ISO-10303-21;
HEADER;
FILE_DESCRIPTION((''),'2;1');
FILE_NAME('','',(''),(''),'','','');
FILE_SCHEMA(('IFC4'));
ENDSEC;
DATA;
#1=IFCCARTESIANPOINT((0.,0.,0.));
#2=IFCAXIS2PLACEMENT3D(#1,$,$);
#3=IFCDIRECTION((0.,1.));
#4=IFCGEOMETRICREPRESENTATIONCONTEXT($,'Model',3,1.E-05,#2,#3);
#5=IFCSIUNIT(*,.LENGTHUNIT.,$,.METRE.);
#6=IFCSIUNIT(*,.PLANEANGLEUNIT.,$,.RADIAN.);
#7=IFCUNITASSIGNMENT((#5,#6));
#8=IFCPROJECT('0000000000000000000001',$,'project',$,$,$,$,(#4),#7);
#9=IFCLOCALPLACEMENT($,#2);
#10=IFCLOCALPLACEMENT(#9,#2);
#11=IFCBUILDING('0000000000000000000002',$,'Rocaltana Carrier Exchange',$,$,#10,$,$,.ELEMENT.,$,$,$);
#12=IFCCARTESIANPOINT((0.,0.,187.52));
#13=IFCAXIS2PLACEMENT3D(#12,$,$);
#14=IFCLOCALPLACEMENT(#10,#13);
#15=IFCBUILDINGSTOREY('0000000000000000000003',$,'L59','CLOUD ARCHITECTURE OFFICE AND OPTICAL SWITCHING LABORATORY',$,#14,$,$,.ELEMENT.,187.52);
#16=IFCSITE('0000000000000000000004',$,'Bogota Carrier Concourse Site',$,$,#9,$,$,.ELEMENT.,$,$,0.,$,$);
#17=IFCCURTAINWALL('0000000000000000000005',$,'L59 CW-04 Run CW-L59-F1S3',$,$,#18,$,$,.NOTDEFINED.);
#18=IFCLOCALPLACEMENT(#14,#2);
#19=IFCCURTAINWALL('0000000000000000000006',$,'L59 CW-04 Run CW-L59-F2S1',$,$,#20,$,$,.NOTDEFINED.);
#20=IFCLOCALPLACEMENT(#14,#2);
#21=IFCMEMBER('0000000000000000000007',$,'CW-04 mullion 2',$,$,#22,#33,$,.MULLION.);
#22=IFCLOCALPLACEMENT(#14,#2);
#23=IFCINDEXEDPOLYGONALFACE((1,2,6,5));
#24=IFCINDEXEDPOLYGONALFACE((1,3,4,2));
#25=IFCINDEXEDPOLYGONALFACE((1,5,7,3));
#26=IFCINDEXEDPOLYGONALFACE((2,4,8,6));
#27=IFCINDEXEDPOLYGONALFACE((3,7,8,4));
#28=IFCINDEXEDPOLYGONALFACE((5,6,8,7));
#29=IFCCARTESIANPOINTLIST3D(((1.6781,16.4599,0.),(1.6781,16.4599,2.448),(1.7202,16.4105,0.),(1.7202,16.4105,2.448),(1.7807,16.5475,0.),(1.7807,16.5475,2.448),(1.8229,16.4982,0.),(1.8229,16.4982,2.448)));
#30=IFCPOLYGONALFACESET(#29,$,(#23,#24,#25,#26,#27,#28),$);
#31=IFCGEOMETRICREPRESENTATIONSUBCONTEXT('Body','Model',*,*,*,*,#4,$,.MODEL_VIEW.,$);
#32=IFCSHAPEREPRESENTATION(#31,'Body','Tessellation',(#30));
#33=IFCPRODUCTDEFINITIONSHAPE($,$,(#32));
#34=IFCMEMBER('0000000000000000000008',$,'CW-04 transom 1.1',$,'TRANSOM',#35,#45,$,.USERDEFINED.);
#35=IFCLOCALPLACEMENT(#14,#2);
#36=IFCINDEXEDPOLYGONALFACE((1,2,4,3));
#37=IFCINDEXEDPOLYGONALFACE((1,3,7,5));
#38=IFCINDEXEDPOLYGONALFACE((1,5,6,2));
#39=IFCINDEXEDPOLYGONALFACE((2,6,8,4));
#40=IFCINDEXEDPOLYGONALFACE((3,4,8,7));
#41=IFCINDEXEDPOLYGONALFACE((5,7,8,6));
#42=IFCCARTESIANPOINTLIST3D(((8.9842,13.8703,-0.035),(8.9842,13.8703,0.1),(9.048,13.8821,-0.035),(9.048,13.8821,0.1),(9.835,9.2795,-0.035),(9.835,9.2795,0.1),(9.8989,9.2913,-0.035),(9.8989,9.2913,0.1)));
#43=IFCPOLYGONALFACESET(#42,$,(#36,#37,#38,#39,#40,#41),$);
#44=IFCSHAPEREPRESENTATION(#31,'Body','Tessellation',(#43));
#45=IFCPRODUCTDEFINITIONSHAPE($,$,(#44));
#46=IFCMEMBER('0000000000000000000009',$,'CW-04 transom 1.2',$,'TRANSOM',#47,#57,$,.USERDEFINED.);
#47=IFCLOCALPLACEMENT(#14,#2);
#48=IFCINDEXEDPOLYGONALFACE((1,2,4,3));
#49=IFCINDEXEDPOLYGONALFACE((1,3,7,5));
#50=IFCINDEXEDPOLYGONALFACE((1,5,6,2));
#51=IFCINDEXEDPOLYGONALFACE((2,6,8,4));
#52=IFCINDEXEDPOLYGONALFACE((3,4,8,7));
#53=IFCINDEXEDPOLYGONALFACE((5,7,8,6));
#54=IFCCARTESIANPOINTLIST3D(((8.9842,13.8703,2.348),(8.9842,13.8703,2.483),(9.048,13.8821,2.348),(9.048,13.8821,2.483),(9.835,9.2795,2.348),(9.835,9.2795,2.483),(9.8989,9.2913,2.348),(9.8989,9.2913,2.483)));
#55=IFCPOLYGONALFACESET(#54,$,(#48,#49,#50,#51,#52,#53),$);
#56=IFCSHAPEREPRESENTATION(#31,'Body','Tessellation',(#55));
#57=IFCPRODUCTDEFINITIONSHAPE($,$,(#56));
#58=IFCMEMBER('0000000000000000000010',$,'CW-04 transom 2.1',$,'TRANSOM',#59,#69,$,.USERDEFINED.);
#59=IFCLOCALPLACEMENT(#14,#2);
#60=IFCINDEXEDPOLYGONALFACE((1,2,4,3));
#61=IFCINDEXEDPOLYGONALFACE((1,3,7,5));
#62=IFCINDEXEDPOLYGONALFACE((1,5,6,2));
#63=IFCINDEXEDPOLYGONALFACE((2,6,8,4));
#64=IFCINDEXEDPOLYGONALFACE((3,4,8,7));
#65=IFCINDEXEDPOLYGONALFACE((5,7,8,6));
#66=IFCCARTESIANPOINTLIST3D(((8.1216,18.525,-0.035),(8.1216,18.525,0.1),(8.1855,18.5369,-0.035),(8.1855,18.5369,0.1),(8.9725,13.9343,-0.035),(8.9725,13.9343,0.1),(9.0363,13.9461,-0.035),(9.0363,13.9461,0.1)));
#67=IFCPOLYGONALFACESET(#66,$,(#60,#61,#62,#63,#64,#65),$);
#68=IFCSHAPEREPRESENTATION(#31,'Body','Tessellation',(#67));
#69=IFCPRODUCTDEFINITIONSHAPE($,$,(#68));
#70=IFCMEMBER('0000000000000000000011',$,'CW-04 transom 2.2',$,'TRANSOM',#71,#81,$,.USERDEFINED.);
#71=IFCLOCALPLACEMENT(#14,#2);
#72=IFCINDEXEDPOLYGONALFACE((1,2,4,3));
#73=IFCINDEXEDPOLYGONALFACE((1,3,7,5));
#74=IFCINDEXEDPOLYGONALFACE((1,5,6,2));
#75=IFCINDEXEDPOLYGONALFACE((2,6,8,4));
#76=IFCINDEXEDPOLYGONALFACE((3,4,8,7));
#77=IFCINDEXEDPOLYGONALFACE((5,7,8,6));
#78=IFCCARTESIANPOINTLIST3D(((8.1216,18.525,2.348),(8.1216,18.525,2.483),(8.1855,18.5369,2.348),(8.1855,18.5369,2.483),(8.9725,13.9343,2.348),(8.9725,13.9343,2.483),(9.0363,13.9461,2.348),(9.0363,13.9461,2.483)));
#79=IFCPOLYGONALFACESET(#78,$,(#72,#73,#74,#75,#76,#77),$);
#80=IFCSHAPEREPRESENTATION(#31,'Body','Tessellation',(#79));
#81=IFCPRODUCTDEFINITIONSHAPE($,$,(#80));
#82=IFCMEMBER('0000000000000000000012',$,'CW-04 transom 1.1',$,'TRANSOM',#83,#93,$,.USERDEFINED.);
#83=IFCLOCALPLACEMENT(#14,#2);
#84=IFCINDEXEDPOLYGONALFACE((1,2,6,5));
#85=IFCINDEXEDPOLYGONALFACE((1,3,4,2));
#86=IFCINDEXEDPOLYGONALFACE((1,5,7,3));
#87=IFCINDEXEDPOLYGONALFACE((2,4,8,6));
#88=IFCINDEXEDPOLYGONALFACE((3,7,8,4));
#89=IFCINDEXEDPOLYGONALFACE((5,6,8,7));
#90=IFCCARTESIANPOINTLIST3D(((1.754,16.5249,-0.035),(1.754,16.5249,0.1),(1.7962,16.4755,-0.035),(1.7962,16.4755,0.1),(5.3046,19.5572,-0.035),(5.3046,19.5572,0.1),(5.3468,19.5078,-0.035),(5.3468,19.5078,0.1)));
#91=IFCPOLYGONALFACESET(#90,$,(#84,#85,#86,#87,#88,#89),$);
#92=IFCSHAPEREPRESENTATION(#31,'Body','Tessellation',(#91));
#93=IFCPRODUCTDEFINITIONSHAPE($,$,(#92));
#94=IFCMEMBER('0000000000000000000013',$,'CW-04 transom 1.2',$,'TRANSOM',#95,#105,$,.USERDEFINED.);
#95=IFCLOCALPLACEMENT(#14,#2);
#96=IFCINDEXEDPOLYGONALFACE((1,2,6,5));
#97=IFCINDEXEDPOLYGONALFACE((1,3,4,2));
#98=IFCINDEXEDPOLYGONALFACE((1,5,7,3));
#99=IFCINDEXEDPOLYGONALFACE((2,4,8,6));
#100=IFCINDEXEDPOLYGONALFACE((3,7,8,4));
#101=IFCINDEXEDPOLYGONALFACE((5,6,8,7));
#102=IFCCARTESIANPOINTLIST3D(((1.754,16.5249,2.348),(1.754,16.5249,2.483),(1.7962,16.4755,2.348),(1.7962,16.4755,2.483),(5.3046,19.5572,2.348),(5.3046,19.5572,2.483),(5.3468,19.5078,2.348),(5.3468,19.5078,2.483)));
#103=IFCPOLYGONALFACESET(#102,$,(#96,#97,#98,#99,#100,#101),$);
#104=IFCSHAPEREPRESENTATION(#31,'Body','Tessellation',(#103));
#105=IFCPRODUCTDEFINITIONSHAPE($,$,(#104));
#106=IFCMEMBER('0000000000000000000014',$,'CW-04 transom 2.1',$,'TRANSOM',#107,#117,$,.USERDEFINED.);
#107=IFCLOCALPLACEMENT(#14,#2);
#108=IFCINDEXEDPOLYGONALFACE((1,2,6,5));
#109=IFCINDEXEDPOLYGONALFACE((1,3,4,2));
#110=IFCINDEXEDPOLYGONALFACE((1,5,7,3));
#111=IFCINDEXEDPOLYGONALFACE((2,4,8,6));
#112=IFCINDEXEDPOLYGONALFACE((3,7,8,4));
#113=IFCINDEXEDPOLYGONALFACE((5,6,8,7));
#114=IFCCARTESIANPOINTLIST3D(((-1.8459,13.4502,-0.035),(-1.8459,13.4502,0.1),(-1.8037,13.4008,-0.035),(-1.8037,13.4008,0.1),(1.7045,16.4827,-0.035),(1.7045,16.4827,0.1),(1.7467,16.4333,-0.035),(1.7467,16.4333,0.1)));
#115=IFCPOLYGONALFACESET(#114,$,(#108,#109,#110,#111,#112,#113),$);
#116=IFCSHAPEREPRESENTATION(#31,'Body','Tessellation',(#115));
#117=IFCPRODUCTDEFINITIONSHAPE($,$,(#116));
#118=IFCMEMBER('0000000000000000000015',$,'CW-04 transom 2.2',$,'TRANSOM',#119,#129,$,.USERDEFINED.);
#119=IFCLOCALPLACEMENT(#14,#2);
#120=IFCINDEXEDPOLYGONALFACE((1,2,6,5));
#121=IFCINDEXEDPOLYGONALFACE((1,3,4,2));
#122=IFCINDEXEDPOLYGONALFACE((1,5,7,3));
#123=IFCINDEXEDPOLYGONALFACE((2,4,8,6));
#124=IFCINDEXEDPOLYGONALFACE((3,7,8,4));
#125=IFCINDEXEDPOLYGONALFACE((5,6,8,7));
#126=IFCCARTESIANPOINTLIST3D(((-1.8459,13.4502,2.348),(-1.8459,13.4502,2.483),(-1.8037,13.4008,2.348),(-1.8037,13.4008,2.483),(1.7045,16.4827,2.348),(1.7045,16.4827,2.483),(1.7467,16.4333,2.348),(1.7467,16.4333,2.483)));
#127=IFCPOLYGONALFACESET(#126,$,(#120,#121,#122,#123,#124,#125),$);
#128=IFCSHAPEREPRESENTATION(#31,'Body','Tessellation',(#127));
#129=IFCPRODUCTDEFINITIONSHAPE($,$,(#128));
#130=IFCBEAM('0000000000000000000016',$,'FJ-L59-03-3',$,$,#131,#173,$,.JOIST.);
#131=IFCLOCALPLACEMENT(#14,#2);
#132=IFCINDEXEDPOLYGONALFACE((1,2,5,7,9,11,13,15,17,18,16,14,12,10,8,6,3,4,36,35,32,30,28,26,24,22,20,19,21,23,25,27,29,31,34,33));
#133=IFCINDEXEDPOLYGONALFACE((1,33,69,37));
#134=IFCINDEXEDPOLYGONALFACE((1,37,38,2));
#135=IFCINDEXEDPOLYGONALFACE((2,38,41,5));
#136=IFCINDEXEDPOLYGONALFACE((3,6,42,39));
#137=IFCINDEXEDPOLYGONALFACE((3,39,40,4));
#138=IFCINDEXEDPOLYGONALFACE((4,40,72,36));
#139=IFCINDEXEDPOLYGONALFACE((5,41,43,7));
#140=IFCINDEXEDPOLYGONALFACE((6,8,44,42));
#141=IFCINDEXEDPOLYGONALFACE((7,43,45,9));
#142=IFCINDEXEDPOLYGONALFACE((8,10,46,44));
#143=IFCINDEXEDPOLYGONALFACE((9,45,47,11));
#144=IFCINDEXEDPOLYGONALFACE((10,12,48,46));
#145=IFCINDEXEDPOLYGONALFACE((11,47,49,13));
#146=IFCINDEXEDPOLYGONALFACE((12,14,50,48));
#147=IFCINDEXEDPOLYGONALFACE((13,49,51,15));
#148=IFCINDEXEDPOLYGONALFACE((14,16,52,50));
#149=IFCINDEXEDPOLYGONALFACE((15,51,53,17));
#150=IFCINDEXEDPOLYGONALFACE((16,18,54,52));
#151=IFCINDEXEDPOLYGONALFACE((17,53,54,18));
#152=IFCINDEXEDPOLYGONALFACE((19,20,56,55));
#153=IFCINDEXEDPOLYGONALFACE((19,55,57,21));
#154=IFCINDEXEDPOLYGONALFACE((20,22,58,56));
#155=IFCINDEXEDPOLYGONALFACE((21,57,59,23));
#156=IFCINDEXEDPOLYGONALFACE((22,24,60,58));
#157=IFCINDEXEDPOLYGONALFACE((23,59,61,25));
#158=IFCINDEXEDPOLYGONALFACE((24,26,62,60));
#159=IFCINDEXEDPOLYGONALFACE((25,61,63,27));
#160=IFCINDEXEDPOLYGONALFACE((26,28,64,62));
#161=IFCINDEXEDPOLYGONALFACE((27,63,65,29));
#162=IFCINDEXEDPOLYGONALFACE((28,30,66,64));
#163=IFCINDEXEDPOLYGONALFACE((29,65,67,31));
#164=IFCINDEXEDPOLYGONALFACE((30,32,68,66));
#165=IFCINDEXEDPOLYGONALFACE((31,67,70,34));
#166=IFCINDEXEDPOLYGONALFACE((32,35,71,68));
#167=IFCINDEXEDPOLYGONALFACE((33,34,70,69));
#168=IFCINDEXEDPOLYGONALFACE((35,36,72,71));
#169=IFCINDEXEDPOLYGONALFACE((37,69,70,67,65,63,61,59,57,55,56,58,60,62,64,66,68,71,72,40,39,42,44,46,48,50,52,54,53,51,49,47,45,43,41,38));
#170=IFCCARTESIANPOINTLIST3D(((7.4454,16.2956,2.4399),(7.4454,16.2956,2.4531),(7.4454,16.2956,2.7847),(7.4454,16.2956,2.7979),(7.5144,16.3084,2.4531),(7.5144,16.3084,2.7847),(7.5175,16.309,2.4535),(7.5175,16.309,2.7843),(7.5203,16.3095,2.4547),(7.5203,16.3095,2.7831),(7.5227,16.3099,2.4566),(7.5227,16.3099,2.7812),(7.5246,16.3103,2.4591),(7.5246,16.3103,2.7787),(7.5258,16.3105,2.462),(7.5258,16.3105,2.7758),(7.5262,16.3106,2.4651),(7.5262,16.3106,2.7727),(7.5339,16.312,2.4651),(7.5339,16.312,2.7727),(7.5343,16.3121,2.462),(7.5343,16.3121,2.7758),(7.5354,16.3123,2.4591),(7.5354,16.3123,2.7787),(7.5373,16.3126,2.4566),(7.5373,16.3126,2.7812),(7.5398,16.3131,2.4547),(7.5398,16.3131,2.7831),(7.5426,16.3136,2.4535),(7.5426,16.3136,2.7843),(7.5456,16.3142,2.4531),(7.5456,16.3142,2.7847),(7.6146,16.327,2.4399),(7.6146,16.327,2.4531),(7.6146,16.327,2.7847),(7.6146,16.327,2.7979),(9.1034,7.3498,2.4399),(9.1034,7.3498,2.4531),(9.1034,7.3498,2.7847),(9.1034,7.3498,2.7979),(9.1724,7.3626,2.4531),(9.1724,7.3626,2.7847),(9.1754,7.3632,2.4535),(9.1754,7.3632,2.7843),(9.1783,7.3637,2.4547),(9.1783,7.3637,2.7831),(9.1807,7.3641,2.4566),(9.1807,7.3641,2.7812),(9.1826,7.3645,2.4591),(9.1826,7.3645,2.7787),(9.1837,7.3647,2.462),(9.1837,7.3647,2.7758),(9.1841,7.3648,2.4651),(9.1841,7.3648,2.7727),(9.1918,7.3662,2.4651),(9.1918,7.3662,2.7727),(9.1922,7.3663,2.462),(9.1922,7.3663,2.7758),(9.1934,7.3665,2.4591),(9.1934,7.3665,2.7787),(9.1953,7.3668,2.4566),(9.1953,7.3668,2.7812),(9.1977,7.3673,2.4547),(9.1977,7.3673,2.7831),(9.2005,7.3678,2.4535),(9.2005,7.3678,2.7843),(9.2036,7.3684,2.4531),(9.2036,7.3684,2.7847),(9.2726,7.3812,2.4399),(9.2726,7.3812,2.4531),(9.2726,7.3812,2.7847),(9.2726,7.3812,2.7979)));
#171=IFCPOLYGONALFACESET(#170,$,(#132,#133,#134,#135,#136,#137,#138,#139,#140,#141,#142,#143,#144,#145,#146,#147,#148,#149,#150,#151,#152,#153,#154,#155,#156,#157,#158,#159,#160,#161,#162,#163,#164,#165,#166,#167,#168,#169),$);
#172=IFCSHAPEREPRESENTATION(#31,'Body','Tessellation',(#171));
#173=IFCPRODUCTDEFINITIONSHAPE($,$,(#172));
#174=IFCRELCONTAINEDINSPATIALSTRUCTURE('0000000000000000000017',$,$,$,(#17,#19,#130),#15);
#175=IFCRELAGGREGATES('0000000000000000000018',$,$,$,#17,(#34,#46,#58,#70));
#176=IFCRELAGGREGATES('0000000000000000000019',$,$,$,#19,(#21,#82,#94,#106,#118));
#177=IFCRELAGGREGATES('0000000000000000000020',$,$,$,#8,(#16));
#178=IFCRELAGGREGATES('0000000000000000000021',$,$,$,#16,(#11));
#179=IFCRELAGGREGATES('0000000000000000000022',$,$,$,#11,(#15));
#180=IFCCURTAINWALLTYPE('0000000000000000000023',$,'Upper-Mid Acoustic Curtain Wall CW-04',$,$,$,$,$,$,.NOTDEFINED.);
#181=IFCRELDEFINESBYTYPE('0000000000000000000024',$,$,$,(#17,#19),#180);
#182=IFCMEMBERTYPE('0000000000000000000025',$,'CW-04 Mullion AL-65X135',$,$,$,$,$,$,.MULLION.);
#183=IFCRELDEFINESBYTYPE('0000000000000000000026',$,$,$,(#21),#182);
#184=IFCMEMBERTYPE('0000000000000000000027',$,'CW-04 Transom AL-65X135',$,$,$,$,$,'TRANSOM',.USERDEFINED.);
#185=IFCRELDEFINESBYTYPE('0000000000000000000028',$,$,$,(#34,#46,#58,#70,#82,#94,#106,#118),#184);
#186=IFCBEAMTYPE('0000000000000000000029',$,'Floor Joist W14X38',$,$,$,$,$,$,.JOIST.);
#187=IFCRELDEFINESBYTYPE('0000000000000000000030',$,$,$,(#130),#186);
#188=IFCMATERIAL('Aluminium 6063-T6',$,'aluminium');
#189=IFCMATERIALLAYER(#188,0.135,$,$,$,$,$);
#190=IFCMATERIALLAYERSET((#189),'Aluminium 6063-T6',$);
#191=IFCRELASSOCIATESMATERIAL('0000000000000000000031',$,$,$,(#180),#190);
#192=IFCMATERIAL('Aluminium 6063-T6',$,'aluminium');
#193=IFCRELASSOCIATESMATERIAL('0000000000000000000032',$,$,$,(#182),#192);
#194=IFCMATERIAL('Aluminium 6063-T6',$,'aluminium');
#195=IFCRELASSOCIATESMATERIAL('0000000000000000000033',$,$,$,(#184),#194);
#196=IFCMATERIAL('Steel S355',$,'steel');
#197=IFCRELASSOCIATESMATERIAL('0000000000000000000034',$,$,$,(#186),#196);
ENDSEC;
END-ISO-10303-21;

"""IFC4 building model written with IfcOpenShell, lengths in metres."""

from ifc_helpers import new_model, si_unit, direction, frame, origin, origin_2d, place, context, subcontext, project, spatial, rectangle, i_section, extrude, material, layer, layer_set, material_profile, profile_set, type_object, element, aggregate, save


model = new_model("IFC4")

# Units and contexts
model_context = context("Model", 3, precision=1e-05, world=origin(), true_north=direction((0.0, 1.0)))
body_context = subcontext(model_context, "Body", "Model", "MODEL_VIEW")
ifc_project = project(units=[si_unit("LENGTHUNIT", "METRE"), si_unit("PLANEANGLEUNIT", "RADIAN")], contexts=[model_context])

# Site, building, storey
site_placement = place(None, origin())
site = spatial("IfcSite", under=ifc_project, at=site_placement, Name="Bogota Carrier Concourse Site", CompositionType="ELEMENT", RefElevation=0.0)
building_placement = place(site_placement, origin())
building = spatial("IfcBuilding", under=site, at=building_placement, Name="Rocaltana Carrier Exchange", CompositionType="ELEMENT")
storey_placement = place(building_placement, frame((0.0, 0.0, 187.52)))
storey = spatial("IfcBuildingStorey", under=building, at=storey_placement, Name="L59", Description="CLOUD ARCHITECTURE OFFICE AND OPTICAL SWITCHING LABORATORY", CompositionType="ELEMENT", Elevation=187.52)

# Curtain walls, member
ifc_material_1 = material(Name="Aluminium 6063-T6", Category="aluminium")
ifc_layer_1 = layer(ifc_material_1, 0.135)
ifc_layer_set_1 = layer_set([ifc_layer_1], Name="Aluminium 6063-T6")
curtain_wall_type = type_object("IfcCurtainWallType", Name="Upper-Mid Acoustic Curtain Wall CW-04", PredefinedType="NOTDEFINED", material=ifc_layer_set_1)
curtain_wall_1_placement = place(storey_placement, origin())
curtain_wall_1 = element("IfcCurtainWall", 1, at=curtain_wall_1_placement, inside=storey, type_object=curtain_wall_type, Name="L59 CW-04 Run CW-L59-F1S3", PredefinedType="NOTDEFINED")
ifc_material_2 = material(Name="Aluminium 6063-T6", Category="aluminium")
ifc_material_profile_1 = material_profile(ifc_material_2, rectangle(XDim=0.0649, YDim=0.135, at=origin_2d()), Name="AL-65X135")
ifc_profile_set_1 = profile_set([ifc_material_profile_1], Name="Aluminium 6063-T6")
member_type_1 = type_object("IfcMemberType", Name="CW-04 Mullion AL-65X135", PredefinedType="MULLION", material=ifc_profile_set_1)
curtain_wall_2_placement = place(storey_placement, origin())
curtain_wall_2 = element("IfcCurtainWall", 2, at=curtain_wall_2_placement, inside=storey, type_object=curtain_wall_type, Name="L59 CW-04 Run CW-L59-F2S1", PredefinedType="NOTDEFINED")
member_1_placement = place(storey_placement, frame((1.7505, 16.479, 0.0), z_axis=(0.0, 0.0, 1.0), x_axis=(0.649448, -0.760406, 0.0)))
member_1 = element("IfcMember", 3, at=member_1_placement, type_object=member_type_1, Name="CW-04 mullion 2", PredefinedType="MULLION", context=body_context, shape_type="SweptSolid", body=[
    extrude(rectangle(XDim=0.0649, YDim=0.135, at=origin_2d()), origin(), (0.0, 0.0, 1.0), 2.448),
])

# Members
ifc_material_3 = material(Name="Aluminium 6063-T6", Category="aluminium")
ifc_material_profile_2 = material_profile(ifc_material_3, rectangle(XDim=0.0649, YDim=0.135, at=origin_2d()), Name="AL-65X135")
ifc_profile_set_2 = profile_set([ifc_material_profile_2], Name="Aluminium 6063-T6")
member_type_2 = type_object("IfcMemberType", Name="CW-04 Transom AL-65X135", ElementType="TRANSOM", PredefinedType="USERDEFINED", material=ifc_profile_set_2)
member_2_placement = place(storey_placement, frame((9.8669, 9.2854, 0.0325), z_axis=(-0.18223, 0.983256, 0.0), x_axis=(-0.983256, -0.18223, 0.0)))
member_2 = element("IfcMember", 4, at=member_2_placement, type_object=member_type_2, Name="CW-04 transom 1.1", ObjectType="TRANSOM", PredefinedType="USERDEFINED", context=body_context, shape_type="SweptSolid", body=[
    extrude(rectangle(XDim=0.0649, YDim=0.135, at=origin_2d()), origin(), (0.0, 0.0, 1.0), 4.6689),
])
member_3_placement = place(storey_placement, frame((9.8669, 9.2854, 2.4155), z_axis=(-0.18223, 0.983256, 0.0), x_axis=(-0.983256, -0.18223, 0.0)))
member_3 = element("IfcMember", 5, at=member_3_placement, type_object=member_type_2, Name="CW-04 transom 1.2", ObjectType="TRANSOM", PredefinedType="USERDEFINED", context=body_context, shape_type="SweptSolid", body=[
    extrude(rectangle(XDim=0.0649, YDim=0.135, at=origin_2d()), origin(), (0.0, 0.0, 1.0), 4.6689),
])
member_4_placement = place(storey_placement, frame((9.0044, 13.9402, 0.0325), z_axis=(-0.18223, 0.983256, 0.0), x_axis=(-0.983256, -0.18223, 0.0)))
member_4 = element("IfcMember", 6, at=member_4_placement, type_object=member_type_2, Name="CW-04 transom 2.1", ObjectType="TRANSOM", PredefinedType="USERDEFINED", context=body_context, shape_type="SweptSolid", body=[
    extrude(rectangle(XDim=0.0649, YDim=0.135, at=origin_2d()), origin(), (0.0, 0.0, 1.0), 4.6689),
])
member_5_placement = place(storey_placement, frame((9.0044, 13.9402, 2.4155), z_axis=(-0.18223, 0.983256, 0.0), x_axis=(-0.983256, -0.18223, 0.0)))
member_5 = element("IfcMember", 7, at=member_5_placement, type_object=member_type_2, Name="CW-04 transom 2.2", ObjectType="TRANSOM", PredefinedType="USERDEFINED", context=body_context, shape_type="SweptSolid", body=[
    extrude(rectangle(XDim=0.0649, YDim=0.135, at=origin_2d()), origin(), (0.0, 0.0, 1.0), 4.6689),
])
member_6_placement = place(storey_placement, frame((5.3257, 19.5325, 0.0325), z_axis=(-0.760429, -0.649421, 0.0), x_axis=(0.649421, -0.760429, 0.0)))
member_6 = element("IfcMember", 8, at=member_6_placement, type_object=member_type_2, Name="CW-04 transom 1.1", ObjectType="TRANSOM", PredefinedType="USERDEFINED", context=body_context, shape_type="SweptSolid", body=[
    extrude(rectangle(XDim=0.0649, YDim=0.135, at=origin_2d()), origin(), (0.0, 0.0, 1.0), 4.6692),
])
member_7_placement = place(storey_placement, frame((5.3257, 19.5325, 2.4155), z_axis=(-0.760429, -0.649421, 0.0), x_axis=(0.649421, -0.760429, 0.0)))
member_7 = element("IfcMember", 9, at=member_7_placement, type_object=member_type_2, Name="CW-04 transom 1.2", ObjectType="TRANSOM", PredefinedType="USERDEFINED", context=body_context, shape_type="SweptSolid", body=[
    extrude(rectangle(XDim=0.0649, YDim=0.135, at=origin_2d()), origin(), (0.0, 0.0, 1.0), 4.6692),
])
member_8_placement = place(storey_placement, frame((1.7256, 16.458, 0.0325), z_axis=(-0.760381, -0.649477, 0.0), x_axis=(0.649477, -0.760381, 0.0)))
member_8 = element("IfcMember", 10, at=member_8_placement, type_object=member_type_2, Name="CW-04 transom 2.1", ObjectType="TRANSOM", PredefinedType="USERDEFINED", context=body_context, shape_type="SweptSolid", body=[
    extrude(rectangle(XDim=0.0649, YDim=0.135, at=origin_2d()), origin(), (0.0, 0.0, 1.0), 4.6692),
])
member_9_placement = place(storey_placement, frame((1.7256, 16.458, 2.4155), z_axis=(-0.760381, -0.649477, 0.0), x_axis=(0.649477, -0.760381, 0.0)))
member_9 = element("IfcMember", 11, at=member_9_placement, type_object=member_type_2, Name="CW-04 transom 2.2", ObjectType="TRANSOM", PredefinedType="USERDEFINED", context=body_context, shape_type="SweptSolid", body=[
    extrude(rectangle(XDim=0.0649, YDim=0.135, at=origin_2d()), origin(), (0.0, 0.0, 1.0), 4.6692),
])

# Beam
ifc_material_4 = material(Name="Steel S355", Category="steel")
ifc_material_profile_3 = material_profile(ifc_material_4, i_section(OverallWidth=0.1721, OverallDepth=0.3579, WebThickness=0.0078, FlangeThickness=0.0132, FilletRadius=0.012, at=origin_2d()), Name="W14X38")
ifc_profile_set_3 = profile_set([ifc_material_profile_3], Name="Steel S355")
beam_type_1 = type_object("IfcBeamType", Name="Floor Joist W14X38", PredefinedType="JOIST", material=ifc_profile_set_3)
beam_1_placement = place(storey_placement, frame((9.188, 7.3655, 2.6189), z_axis=(-0.182231, 0.983256, 0.0), x_axis=(-0.983256, -0.182231, 0.0)))
element("IfcBeam", 12, at=beam_1_placement, inside=storey, type_object=beam_type_1, Name="FJ-L59-03-3", PredefinedType="JOIST", context=body_context, shape_type="SweptSolid", body=[
    extrude(i_section(OverallWidth=0.1721, OverallDepth=0.3579, WebThickness=0.0078, FlangeThickness=0.0132, FilletRadius=0.012, at=origin_2d()), origin(), (0.0, 0.0, 1.0), 9.0981),
])

aggregate(curtain_wall_1, [member_2, member_3, member_4, member_5])
aggregate(curtain_wall_2, [member_1, member_6, member_7, member_8, member_9])

save(model, "model.ifc")
